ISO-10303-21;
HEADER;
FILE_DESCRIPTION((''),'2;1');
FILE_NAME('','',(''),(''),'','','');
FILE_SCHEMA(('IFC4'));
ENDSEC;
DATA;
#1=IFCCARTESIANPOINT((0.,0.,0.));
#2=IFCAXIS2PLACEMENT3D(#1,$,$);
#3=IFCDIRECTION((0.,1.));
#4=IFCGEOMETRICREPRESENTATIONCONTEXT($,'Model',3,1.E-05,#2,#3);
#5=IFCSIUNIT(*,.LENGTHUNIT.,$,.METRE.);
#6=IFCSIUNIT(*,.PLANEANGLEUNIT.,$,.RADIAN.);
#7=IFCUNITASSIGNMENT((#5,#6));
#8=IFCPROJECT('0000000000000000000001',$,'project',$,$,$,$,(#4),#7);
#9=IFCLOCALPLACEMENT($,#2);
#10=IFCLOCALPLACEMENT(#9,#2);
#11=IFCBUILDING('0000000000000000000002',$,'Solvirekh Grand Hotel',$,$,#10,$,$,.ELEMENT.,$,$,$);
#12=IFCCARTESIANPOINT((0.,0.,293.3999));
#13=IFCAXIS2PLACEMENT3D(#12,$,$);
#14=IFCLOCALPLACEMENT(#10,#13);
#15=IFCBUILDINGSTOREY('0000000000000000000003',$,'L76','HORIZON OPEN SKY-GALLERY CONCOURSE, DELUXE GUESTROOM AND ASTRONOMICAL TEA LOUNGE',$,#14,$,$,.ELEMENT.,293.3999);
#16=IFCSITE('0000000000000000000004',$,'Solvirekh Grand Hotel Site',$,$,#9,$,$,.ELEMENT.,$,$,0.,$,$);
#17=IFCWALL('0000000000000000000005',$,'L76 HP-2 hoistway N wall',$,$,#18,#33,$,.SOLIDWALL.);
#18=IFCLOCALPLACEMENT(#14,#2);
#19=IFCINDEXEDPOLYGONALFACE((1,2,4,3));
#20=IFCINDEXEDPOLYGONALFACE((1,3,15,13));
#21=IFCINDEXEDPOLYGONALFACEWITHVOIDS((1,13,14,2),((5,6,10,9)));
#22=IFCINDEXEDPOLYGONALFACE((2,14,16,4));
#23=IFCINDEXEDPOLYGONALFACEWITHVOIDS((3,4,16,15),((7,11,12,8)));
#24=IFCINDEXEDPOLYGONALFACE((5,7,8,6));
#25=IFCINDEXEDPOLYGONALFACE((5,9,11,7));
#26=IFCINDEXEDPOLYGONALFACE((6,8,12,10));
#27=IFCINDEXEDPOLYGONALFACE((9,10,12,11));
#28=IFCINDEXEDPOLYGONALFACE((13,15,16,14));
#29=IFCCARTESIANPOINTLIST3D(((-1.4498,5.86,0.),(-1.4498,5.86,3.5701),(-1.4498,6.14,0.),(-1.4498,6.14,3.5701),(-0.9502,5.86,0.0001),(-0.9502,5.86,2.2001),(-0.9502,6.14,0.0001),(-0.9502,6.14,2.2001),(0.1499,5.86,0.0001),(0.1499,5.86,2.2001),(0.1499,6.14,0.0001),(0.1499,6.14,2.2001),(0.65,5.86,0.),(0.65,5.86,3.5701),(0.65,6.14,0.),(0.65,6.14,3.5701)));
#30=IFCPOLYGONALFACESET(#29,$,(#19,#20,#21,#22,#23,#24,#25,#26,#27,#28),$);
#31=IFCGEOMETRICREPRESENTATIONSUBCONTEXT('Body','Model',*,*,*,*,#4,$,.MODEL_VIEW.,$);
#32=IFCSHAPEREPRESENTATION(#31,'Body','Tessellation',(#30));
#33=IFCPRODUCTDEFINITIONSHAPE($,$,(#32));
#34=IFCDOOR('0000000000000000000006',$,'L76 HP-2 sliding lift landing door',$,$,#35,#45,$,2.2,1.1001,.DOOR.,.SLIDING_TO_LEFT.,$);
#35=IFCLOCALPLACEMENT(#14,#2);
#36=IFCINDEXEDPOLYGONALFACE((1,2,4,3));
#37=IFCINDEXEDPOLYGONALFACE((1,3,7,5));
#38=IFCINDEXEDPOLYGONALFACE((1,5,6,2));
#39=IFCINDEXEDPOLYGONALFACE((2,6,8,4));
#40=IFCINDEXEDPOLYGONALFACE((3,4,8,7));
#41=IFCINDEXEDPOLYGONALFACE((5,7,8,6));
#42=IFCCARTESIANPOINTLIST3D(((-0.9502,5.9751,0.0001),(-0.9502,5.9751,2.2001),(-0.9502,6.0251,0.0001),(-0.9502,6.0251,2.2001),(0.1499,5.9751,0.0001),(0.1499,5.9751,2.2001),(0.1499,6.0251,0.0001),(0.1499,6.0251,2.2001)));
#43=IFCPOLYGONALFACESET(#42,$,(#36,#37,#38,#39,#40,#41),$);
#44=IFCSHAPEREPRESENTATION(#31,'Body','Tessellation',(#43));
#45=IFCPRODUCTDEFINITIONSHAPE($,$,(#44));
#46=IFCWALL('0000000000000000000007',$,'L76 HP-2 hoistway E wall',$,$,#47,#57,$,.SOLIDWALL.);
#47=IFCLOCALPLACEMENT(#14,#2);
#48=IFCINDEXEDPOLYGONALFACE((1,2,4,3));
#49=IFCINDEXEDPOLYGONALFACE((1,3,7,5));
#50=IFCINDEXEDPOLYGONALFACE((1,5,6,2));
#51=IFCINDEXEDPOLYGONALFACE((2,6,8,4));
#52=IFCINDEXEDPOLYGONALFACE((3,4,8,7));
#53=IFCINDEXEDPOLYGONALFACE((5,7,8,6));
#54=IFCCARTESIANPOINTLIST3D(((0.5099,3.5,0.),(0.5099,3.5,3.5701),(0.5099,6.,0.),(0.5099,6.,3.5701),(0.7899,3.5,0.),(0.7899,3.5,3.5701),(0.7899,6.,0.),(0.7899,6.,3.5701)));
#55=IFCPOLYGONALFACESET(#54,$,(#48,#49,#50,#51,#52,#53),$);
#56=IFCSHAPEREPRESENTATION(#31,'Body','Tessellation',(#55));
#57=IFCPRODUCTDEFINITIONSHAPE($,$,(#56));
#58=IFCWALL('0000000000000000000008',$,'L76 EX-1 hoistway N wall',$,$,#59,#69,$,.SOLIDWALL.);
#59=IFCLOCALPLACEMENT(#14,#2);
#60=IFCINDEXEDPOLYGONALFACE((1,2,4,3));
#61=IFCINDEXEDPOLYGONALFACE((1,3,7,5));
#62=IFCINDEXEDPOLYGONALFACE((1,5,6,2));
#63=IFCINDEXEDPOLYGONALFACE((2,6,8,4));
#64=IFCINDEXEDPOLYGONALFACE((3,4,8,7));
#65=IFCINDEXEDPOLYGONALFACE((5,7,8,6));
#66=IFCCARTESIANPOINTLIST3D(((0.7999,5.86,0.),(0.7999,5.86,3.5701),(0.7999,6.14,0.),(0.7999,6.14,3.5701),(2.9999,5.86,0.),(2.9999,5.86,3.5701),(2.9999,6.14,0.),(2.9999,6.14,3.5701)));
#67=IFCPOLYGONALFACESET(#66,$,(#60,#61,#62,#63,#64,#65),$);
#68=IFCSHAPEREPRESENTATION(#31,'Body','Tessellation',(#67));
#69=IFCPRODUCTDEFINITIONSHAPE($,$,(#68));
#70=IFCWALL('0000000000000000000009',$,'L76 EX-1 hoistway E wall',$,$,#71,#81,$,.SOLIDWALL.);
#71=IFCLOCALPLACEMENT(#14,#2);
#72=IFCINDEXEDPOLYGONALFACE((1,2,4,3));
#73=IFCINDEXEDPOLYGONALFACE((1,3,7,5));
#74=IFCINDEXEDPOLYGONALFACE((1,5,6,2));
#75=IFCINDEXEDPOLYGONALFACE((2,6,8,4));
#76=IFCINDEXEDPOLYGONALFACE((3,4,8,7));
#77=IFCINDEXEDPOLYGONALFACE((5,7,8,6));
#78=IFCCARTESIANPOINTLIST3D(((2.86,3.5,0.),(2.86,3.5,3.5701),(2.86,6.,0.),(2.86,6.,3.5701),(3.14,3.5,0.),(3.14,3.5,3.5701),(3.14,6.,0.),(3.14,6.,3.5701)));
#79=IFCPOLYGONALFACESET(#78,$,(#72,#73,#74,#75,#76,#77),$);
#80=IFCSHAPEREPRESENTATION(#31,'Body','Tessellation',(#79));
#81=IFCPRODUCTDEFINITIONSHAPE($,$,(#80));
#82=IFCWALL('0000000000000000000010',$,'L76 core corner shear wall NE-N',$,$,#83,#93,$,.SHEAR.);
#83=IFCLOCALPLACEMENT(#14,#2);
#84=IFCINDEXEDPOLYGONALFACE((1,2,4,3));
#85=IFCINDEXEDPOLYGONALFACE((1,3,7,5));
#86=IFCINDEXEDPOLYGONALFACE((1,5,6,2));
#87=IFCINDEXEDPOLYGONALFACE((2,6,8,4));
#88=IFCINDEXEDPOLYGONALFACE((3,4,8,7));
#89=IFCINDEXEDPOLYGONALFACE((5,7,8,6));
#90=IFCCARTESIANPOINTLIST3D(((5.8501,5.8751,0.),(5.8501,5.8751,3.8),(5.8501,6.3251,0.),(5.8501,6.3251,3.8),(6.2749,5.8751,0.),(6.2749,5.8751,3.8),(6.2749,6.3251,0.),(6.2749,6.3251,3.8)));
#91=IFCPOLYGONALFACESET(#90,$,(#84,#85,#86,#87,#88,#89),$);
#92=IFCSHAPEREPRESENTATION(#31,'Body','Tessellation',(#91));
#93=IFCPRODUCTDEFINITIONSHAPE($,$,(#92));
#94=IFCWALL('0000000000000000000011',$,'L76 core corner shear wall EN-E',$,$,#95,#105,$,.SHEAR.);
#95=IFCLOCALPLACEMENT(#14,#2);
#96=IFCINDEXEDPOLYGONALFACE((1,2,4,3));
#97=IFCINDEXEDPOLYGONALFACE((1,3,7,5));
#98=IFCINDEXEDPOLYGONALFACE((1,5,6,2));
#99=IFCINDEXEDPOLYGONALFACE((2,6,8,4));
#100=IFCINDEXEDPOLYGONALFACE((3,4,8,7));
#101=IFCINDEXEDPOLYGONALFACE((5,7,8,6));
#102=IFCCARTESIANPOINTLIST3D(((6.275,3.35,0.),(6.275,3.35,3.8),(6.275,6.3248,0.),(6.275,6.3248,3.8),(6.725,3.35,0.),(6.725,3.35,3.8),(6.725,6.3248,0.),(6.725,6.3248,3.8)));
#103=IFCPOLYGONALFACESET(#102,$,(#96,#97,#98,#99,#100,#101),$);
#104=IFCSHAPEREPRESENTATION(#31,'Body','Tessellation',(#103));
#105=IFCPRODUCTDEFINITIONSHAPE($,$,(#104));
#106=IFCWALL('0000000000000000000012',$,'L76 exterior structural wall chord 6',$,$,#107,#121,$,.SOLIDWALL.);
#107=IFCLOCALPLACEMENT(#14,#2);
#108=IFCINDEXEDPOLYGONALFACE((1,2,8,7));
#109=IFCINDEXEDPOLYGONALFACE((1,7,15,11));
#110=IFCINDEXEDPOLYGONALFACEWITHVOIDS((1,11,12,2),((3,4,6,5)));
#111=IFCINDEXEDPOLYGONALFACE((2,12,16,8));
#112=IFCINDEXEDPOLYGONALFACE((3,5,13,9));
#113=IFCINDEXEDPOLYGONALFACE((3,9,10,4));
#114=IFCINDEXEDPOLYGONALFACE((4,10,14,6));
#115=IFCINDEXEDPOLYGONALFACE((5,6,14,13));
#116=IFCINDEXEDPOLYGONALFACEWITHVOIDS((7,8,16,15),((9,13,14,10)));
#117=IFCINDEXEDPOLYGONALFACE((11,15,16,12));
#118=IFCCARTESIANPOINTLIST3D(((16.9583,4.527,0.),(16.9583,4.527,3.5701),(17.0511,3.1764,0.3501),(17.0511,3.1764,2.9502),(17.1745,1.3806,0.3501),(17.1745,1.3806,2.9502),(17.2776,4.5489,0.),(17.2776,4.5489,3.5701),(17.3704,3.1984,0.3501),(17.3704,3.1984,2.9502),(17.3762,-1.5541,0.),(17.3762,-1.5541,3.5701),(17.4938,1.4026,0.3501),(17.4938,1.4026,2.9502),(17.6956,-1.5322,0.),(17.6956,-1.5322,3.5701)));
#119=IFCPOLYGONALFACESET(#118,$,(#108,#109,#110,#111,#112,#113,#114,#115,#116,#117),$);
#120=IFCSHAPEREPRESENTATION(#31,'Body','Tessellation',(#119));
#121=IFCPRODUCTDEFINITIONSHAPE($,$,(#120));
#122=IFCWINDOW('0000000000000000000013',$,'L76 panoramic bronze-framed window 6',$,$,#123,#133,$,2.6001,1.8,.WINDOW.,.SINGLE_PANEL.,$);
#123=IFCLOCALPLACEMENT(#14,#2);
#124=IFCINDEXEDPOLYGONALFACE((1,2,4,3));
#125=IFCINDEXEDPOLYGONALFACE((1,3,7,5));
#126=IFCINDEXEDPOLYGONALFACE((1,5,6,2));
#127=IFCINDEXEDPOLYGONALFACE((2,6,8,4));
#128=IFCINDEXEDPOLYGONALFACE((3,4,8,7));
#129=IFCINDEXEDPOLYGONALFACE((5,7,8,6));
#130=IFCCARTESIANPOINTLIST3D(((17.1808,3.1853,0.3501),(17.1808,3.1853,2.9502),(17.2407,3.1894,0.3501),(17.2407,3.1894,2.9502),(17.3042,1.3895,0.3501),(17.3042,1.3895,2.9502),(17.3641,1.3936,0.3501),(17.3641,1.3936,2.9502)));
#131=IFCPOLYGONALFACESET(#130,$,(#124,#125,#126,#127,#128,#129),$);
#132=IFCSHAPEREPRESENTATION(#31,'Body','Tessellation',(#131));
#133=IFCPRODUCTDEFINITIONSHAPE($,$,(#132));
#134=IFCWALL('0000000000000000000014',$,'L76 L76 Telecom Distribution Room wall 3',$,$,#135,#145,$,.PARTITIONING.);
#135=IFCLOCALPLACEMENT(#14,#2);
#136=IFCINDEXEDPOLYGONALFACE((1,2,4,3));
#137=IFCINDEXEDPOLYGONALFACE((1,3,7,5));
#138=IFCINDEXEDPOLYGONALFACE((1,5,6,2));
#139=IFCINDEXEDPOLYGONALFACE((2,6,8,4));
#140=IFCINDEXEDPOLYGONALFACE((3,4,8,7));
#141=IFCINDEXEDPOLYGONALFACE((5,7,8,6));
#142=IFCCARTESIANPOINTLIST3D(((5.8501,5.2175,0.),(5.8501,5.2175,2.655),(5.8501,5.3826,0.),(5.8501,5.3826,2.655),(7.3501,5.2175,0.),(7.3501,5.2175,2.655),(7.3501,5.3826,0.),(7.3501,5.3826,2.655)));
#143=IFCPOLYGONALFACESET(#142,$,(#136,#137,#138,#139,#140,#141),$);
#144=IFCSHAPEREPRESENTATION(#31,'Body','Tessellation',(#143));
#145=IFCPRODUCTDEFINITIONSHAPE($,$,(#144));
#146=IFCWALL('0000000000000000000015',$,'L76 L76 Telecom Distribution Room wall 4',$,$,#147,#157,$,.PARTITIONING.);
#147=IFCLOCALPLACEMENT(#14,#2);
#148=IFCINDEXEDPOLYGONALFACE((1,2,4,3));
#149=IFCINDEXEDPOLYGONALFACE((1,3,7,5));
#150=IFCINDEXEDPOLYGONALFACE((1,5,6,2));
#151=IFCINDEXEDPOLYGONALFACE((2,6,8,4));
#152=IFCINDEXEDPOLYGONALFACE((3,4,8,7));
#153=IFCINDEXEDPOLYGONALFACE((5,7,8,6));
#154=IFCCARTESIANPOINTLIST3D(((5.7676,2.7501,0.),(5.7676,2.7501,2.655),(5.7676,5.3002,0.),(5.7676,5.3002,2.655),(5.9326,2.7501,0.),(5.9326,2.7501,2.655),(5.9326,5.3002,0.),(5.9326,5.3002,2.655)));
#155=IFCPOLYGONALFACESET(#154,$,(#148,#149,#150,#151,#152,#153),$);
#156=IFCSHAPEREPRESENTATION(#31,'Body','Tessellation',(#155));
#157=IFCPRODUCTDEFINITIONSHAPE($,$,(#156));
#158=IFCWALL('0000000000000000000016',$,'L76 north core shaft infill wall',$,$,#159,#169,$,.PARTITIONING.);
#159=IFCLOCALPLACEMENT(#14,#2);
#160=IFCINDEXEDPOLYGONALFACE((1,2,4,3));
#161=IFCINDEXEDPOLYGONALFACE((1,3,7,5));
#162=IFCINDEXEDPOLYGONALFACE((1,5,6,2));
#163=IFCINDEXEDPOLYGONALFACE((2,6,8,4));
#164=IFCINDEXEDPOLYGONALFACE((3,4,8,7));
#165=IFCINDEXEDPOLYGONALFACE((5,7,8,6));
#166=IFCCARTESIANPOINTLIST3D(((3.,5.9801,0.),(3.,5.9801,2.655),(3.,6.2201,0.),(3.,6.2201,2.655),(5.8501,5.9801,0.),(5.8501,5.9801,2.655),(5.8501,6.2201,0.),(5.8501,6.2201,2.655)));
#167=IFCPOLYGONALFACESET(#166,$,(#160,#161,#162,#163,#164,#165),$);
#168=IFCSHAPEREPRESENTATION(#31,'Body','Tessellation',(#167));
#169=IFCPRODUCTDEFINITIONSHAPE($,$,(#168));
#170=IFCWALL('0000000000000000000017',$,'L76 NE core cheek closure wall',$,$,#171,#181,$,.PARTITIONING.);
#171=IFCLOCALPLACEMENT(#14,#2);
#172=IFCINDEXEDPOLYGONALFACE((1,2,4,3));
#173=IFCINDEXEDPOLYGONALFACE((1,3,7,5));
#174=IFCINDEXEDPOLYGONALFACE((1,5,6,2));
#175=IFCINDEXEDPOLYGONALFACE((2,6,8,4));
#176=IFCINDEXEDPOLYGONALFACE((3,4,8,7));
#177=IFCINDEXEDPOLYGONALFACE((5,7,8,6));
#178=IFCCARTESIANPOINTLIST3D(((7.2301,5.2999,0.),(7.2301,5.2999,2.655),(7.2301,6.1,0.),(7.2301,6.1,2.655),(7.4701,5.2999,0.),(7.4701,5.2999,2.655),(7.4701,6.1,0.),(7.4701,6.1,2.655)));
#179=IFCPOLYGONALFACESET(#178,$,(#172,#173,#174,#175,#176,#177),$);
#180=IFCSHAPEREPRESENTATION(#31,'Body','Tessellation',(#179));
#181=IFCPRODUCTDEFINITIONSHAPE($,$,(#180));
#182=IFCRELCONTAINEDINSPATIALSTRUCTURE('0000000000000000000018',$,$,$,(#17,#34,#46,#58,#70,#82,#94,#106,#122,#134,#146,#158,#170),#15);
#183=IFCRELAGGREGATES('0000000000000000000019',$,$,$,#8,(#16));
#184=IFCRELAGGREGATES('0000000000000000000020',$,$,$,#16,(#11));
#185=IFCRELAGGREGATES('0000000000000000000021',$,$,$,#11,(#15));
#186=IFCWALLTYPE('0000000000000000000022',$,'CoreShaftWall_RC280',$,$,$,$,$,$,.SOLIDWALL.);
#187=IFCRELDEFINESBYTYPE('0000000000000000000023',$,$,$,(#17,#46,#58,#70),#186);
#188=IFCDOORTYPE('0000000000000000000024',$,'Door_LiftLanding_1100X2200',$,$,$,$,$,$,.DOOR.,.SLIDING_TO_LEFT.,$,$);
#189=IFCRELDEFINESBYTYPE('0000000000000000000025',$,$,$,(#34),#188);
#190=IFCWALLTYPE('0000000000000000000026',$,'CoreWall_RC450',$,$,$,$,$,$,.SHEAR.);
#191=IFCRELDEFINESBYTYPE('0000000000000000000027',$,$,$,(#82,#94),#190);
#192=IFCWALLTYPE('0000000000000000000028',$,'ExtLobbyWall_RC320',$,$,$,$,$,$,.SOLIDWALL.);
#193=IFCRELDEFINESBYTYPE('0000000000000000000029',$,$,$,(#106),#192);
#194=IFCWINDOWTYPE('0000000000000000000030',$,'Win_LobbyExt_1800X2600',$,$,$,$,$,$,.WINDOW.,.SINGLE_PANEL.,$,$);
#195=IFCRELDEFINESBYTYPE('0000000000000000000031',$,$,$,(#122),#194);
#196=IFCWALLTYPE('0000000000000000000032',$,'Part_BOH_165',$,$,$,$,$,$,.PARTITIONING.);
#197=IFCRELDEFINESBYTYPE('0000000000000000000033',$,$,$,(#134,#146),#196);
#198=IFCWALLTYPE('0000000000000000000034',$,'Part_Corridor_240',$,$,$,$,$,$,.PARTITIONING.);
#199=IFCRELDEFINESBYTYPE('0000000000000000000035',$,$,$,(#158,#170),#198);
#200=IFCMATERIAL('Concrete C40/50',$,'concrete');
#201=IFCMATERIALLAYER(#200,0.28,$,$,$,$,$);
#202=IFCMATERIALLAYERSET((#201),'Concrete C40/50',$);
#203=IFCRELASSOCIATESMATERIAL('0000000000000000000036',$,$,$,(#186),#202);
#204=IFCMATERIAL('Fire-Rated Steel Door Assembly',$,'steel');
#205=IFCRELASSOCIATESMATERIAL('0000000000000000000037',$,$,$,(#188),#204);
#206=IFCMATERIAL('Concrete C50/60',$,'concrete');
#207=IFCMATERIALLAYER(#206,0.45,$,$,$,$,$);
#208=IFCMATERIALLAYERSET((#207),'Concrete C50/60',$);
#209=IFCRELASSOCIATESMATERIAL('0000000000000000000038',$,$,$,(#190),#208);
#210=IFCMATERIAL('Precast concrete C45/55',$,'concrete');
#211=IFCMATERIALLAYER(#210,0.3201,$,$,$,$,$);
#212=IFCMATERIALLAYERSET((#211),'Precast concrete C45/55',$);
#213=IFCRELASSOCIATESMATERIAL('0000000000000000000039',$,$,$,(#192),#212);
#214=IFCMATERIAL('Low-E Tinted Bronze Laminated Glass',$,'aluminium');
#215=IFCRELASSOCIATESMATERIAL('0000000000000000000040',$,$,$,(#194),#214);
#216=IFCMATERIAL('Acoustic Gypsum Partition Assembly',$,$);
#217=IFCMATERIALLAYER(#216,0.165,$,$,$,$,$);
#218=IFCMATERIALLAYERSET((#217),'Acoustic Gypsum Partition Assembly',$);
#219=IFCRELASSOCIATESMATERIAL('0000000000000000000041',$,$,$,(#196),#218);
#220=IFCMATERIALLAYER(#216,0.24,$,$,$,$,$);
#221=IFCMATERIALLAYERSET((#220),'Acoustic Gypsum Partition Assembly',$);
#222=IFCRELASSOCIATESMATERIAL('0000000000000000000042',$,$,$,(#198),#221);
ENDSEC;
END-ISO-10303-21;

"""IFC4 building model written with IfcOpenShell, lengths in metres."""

from ifc_helpers import new_model, si_unit, direction, frame, frame_2d, origin, place, context, subcontext, project, spatial, rectangle, extrude, material, layer, layer_set, type_object, element, fill, save


model = new_model("IFC4")

# Units and contexts
model_context = context("Model", 3, precision=1e-05, world=origin(), true_north=direction((0.0, 1.0)))
body_context = subcontext(model_context, "Body", "Model", "MODEL_VIEW")
ifc_project = project(units=[si_unit("LENGTHUNIT", "METRE"), si_unit("PLANEANGLEUNIT", "RADIAN")], contexts=[model_context])

# Site, building, storey
site_placement = place(None, origin())
site = spatial("IfcSite", under=ifc_project, at=site_placement, Name="Solvirekh Grand Hotel Site", CompositionType="ELEMENT", RefElevation=0.0)
building_placement = place(site_placement, origin())
building = spatial("IfcBuilding", under=site, at=building_placement, Name="Solvirekh Grand Hotel", CompositionType="ELEMENT")
storey_placement = place(building_placement, frame((0.0, 0.0, 293.3999)))
storey = spatial("IfcBuildingStorey", under=building, at=storey_placement, Name="L76", Description="HORIZON OPEN SKY-GALLERY CONCOURSE, DELUXE GUESTROOM AND ASTRONOMICAL TEA LOUNGE", CompositionType="ELEMENT", Elevation=293.3999)

# Shared definitions
ifc_material_1 = material(Name="Concrete C50/60", Category="concrete")

# Wall, opening, door
ifc_material_2 = material(Name="Concrete C40/50", Category="concrete")
ifc_layer_1 = layer(ifc_material_2, 0.28)
ifc_layer_set_1 = layer_set([ifc_layer_1], Name="Concrete C40/50")
wall_type_1 = type_object("IfcWallType", Name="CoreShaftWall_RC280", PredefinedType="SOLIDWALL", material=ifc_layer_set_1)
wall_1_placement = place(storey_placement, frame((0.6499, 6.0, 0.0), z_axis=(0.0, 0.0, 1.0), x_axis=(-1.0, 0.0, 0.0)))
wall_1 = element("IfcWall", 1, at=wall_1_placement, inside=storey, type_object=wall_type_1, Name="L76 HP-2 hoistway N wall", PredefinedType="SOLIDWALL", context=body_context, shape_type="SweptSolid", body=[
    extrude(rectangle(XDim=2.0999, YDim=0.28, at=frame_2d((1.0498, 0.0))), origin(), (0.0, 0.0, 1.0), 3.5701),
])
opening_1_placement = place(wall_1_placement, frame((0.5, 0.0, 0.0)))
opening_1 = element("IfcOpeningElement", 2, at=opening_1_placement, cuts=wall_1, PredefinedType="OPENING", context=body_context, shape_type="SweptSolid", body=[
    extrude(rectangle(XDim=1.1001, YDim=2.2, at=frame_2d((0.55, 1.1001))), frame((0.0, 0.1499, 0.0), z_axis=(0.0, -1.0, 0.0), x_axis=(1.0, 0.0, 0.0)), (0.0, 0.0, 1.0), 0.3),
])
ifc_material_3 = material(Name="Fire-Rated Steel Door Assembly", Category="steel")
door_type_1 = type_object("IfcDoorType", Name="Door_LiftLanding_1100X2200", OperationType="SLIDING_TO_LEFT", PredefinedType="DOOR", material=ifc_material_3)
door_1_placement = place(opening_1_placement, origin())
door_1 = element("IfcDoor", 3, at=door_1_placement, inside=storey, type_object=door_type_1, Name="L76 HP-2 sliding lift landing door", OperationType="SLIDING_TO_LEFT", OverallHeight=2.2, OverallWidth=1.1001, PredefinedType="DOOR", context=body_context, shape_type="SweptSolid", body=[
    extrude(rectangle(XDim=1.1001, YDim=2.2, at=frame_2d((0.55, 1.1001))), frame((0.0, 0.0249, 0.0), z_axis=(0.0, -1.0, 0.0), x_axis=(1.0, 0.0, 0.0)), (0.0, 0.0, 1.0), 0.05),
])
fill(opening_1, door_1)

# Walls
wall_2_placement = place(storey_placement, frame((0.6499, 3.5, 0.0), z_axis=(0.0, 0.0, 1.0), x_axis=(0.0, 1.0, 0.0)))
element("IfcWall", 4, at=wall_2_placement, inside=storey, type_object=wall_type_1, Name="L76 HP-2 hoistway E wall", PredefinedType="SOLIDWALL", context=body_context, shape_type="SweptSolid", body=[
    extrude(rectangle(XDim=2.5, YDim=0.28, at=frame_2d((1.25, 0.0))), origin(), (0.0, 0.0, 1.0), 3.5701),
])
wall_3_placement = place(storey_placement, frame((3.0, 6.0, 0.0), z_axis=(0.0, 0.0, 1.0), x_axis=(-1.0, 0.0, 0.0)))
element("IfcWall", 5, at=wall_3_placement, inside=storey, type_object=wall_type_1, Name="L76 EX-1 hoistway N wall", PredefinedType="SOLIDWALL", context=body_context, shape_type="SweptSolid", body=[
    extrude(rectangle(XDim=2.2, YDim=0.28, at=frame_2d((1.1001, 0.0))), origin(), (0.0, 0.0, 1.0), 3.5701),
])
wall_4_placement = place(storey_placement, frame((3.0, 3.5, 0.0), z_axis=(0.0, 0.0, 1.0), x_axis=(0.0, 1.0, 0.0)))
element("IfcWall", 6, at=wall_4_placement, inside=storey, type_object=wall_type_1, Name="L76 EX-1 hoistway E wall", PredefinedType="SOLIDWALL", context=body_context, shape_type="SweptSolid", body=[
    extrude(rectangle(XDim=2.5, YDim=0.28, at=frame_2d((1.25, 0.0))), origin(), (0.0, 0.0, 1.0), 3.5701),
])
ifc_layer_2 = layer(ifc_material_1, 0.45)
ifc_layer_set_2 = layer_set([ifc_layer_2], Name="Concrete C50/60")
wall_type_2 = type_object("IfcWallType", Name="CoreWall_RC450", PredefinedType="SHEAR", material=ifc_layer_set_2)
wall_5_placement = place(storey_placement, frame((5.8501, 6.1001, 0.0), z_axis=(0.0, 0.0, 1.0), x_axis=(1.0, 0.0, 0.0)))
element("IfcWall", 7, at=wall_5_placement, inside=storey, type_object=wall_type_2, Name="L76 core corner shear wall NE-N", PredefinedType="SHEAR", context=body_context, shape_type="SweptSolid", body=[
    extrude(rectangle(XDim=0.4248, YDim=0.45, at=frame_2d((0.2124, 0.0))), origin(), (0.0, 0.0, 1.0), 3.8),
])
wall_6_placement = place(storey_placement, frame((6.5, 3.3501, 0.0), z_axis=(0.0, 0.0, 1.0), x_axis=(0.0, 1.0, 0.0)))
element("IfcWall", 8, at=wall_6_placement, inside=storey, type_object=wall_type_2, Name="L76 core corner shear wall EN-E", PredefinedType="SHEAR", context=body_context, shape_type="SweptSolid", body=[
    extrude(rectangle(XDim=2.9749, YDim=0.45, at=frame_2d((1.4873, 0.0))), origin(), (0.0, 0.0, 1.0), 3.8),
])

# Wall, opening, window
ifc_material_4 = material(Name="Precast concrete C45/55", Category="concrete")
ifc_layer_3 = layer(ifc_material_4, 0.3201)
ifc_layer_set_3 = layer_set([ifc_layer_3], Name="Precast concrete C45/55")
wall_type_3 = type_object("IfcWallType", Name="ExtLobbyWall_RC320", PredefinedType="SOLIDWALL", material=ifc_layer_set_3)
wall_7_placement = place(storey_placement, frame((17.1179, 4.5381, 0.0), z_axis=(0.0, 0.0, 1.0), x_axis=(0.068571, -0.997646, 0.0)))
wall_7 = element("IfcWall", 9, at=wall_7_placement, inside=storey, type_object=wall_type_3, Name="L76 exterior structural wall chord 6", PredefinedType="SOLIDWALL", context=body_context, shape_type="SweptSolid", body=[
    extrude(rectangle(XDim=6.0955, YDim=0.3201, at=frame_2d((3.0479, 0.0))), origin(), (0.0, 0.0, 1.0), 3.5701),
])
opening_2_placement = place(wall_7_placement, frame((1.354, 0.0, 0.3501)))
opening_2 = element("IfcOpeningElement", 10, at=opening_2_placement, cuts=wall_7, PredefinedType="OPENING", context=body_context, shape_type="SweptSolid", body=[
    extrude(rectangle(XDim=1.8, YDim=2.6001, at=frame_2d((0.8999, 1.3))), frame((0.0, 0.1699, 0.0), z_axis=(0.0, -1.0, 0.0), x_axis=(1.0, 0.0, 0.0)), (0.0, 0.0, 1.0), 0.3401),
])
ifc_material_5 = material(Name="Low-E Tinted Bronze Laminated Glass", Category="aluminium")
window_type = type_object("IfcWindowType", Name="Win_LobbyExt_1800X2600", PartitioningType="SINGLE_PANEL", PredefinedType="WINDOW", material=ifc_material_5)
window_placement = place(opening_2_placement, origin())
window = element("IfcWindow", 11, at=window_placement, inside=storey, type_object=window_type, Name="L76 panoramic bronze-framed window 6", OverallHeight=2.6001, OverallWidth=1.8, PartitioningType="SINGLE_PANEL", PredefinedType="WINDOW", context=body_context, shape_type="SweptSolid", body=[
    extrude(rectangle(XDim=1.8, YDim=2.6001, at=frame_2d((0.8999, 1.3))), frame((0.0, 0.03, 0.0), z_axis=(0.0, -1.0, 0.0), x_axis=(1.0, 0.0, 0.0)), (0.0, 0.0, 1.0), 0.0601),
])
fill(opening_2, window)

# Shared definitions
ifc_material_6 = material(Name="Acoustic Gypsum Partition Assembly")
ifc_layer_4 = layer(ifc_material_6, 0.165)
ifc_layer_set_4 = layer_set([ifc_layer_4], Name="Acoustic Gypsum Partition Assembly")
wall_type_4 = type_object("IfcWallType", Name="Part_BOH_165", PredefinedType="PARTITIONING", material=ifc_layer_set_4)

# Walls
wall_8_placement = place(storey_placement, frame((7.3501, 5.3, 0.0), z_axis=(0.0, 0.0, 1.0), x_axis=(-1.0, 0.0, 0.0)))
element("IfcWall", 12, at=wall_8_placement, inside=storey, type_object=wall_type_4, Name="L76 L76 Telecom Distribution Room wall 3", PredefinedType="PARTITIONING", context=body_context, shape_type="SweptSolid", body=[
    extrude(rectangle(XDim=1.5, YDim=0.165, at=frame_2d((0.75, 0.0))), origin(), (0.0, 0.0, 1.0), 2.655),
])
wall_9_placement = place(storey_placement, frame((5.8501, 5.3, 0.0), z_axis=(0.0, 0.0, 1.0), x_axis=(0.0, -1.0, 0.0)))
element("IfcWall", 13, at=wall_9_placement, inside=storey, type_object=wall_type_4, Name="L76 L76 Telecom Distribution Room wall 4", PredefinedType="PARTITIONING", context=body_context, shape_type="SweptSolid", body=[
    extrude(rectangle(XDim=2.55, YDim=0.165, at=frame_2d((1.2749, 0.0))), origin(), (0.0, 0.0, 1.0), 2.655),
])
ifc_layer_5 = layer(ifc_material_6, 0.24)
ifc_layer_set_5 = layer_set([ifc_layer_5], Name="Acoustic Gypsum Partition Assembly")
wall_type_5 = type_object("IfcWallType", Name="Part_Corridor_240", PredefinedType="PARTITIONING", material=ifc_layer_set_5)
wall_10_placement = place(storey_placement, frame((3.0, 6.1001, 0.0), z_axis=(0.0, 0.0, 1.0), x_axis=(1.0, 0.0, 0.0)))
element("IfcWall", 14, at=wall_10_placement, inside=storey, type_object=wall_type_5, Name="L76 north core shaft infill wall", PredefinedType="PARTITIONING", context=body_context, shape_type="SweptSolid", body=[
    extrude(rectangle(XDim=2.8501, YDim=0.24, at=frame_2d((1.425, 0.0))), origin(), (0.0, 0.0, 1.0), 2.655),
])
wall_11_placement = place(storey_placement, frame((7.3501, 5.3, 0.0), z_axis=(0.0, 0.0, 1.0), x_axis=(0.0, 1.0, 0.0)))
element("IfcWall", 15, at=wall_11_placement, inside=storey, type_object=wall_type_5, Name="L76 NE core cheek closure wall", PredefinedType="PARTITIONING", context=body_context, shape_type="SweptSolid", body=[
    extrude(rectangle(XDim=0.8, YDim=0.24, at=frame_2d((0.3999, 0.0))), origin(), (0.0, 0.0, 1.0), 2.655),
])

save(model, "model.ifc")
